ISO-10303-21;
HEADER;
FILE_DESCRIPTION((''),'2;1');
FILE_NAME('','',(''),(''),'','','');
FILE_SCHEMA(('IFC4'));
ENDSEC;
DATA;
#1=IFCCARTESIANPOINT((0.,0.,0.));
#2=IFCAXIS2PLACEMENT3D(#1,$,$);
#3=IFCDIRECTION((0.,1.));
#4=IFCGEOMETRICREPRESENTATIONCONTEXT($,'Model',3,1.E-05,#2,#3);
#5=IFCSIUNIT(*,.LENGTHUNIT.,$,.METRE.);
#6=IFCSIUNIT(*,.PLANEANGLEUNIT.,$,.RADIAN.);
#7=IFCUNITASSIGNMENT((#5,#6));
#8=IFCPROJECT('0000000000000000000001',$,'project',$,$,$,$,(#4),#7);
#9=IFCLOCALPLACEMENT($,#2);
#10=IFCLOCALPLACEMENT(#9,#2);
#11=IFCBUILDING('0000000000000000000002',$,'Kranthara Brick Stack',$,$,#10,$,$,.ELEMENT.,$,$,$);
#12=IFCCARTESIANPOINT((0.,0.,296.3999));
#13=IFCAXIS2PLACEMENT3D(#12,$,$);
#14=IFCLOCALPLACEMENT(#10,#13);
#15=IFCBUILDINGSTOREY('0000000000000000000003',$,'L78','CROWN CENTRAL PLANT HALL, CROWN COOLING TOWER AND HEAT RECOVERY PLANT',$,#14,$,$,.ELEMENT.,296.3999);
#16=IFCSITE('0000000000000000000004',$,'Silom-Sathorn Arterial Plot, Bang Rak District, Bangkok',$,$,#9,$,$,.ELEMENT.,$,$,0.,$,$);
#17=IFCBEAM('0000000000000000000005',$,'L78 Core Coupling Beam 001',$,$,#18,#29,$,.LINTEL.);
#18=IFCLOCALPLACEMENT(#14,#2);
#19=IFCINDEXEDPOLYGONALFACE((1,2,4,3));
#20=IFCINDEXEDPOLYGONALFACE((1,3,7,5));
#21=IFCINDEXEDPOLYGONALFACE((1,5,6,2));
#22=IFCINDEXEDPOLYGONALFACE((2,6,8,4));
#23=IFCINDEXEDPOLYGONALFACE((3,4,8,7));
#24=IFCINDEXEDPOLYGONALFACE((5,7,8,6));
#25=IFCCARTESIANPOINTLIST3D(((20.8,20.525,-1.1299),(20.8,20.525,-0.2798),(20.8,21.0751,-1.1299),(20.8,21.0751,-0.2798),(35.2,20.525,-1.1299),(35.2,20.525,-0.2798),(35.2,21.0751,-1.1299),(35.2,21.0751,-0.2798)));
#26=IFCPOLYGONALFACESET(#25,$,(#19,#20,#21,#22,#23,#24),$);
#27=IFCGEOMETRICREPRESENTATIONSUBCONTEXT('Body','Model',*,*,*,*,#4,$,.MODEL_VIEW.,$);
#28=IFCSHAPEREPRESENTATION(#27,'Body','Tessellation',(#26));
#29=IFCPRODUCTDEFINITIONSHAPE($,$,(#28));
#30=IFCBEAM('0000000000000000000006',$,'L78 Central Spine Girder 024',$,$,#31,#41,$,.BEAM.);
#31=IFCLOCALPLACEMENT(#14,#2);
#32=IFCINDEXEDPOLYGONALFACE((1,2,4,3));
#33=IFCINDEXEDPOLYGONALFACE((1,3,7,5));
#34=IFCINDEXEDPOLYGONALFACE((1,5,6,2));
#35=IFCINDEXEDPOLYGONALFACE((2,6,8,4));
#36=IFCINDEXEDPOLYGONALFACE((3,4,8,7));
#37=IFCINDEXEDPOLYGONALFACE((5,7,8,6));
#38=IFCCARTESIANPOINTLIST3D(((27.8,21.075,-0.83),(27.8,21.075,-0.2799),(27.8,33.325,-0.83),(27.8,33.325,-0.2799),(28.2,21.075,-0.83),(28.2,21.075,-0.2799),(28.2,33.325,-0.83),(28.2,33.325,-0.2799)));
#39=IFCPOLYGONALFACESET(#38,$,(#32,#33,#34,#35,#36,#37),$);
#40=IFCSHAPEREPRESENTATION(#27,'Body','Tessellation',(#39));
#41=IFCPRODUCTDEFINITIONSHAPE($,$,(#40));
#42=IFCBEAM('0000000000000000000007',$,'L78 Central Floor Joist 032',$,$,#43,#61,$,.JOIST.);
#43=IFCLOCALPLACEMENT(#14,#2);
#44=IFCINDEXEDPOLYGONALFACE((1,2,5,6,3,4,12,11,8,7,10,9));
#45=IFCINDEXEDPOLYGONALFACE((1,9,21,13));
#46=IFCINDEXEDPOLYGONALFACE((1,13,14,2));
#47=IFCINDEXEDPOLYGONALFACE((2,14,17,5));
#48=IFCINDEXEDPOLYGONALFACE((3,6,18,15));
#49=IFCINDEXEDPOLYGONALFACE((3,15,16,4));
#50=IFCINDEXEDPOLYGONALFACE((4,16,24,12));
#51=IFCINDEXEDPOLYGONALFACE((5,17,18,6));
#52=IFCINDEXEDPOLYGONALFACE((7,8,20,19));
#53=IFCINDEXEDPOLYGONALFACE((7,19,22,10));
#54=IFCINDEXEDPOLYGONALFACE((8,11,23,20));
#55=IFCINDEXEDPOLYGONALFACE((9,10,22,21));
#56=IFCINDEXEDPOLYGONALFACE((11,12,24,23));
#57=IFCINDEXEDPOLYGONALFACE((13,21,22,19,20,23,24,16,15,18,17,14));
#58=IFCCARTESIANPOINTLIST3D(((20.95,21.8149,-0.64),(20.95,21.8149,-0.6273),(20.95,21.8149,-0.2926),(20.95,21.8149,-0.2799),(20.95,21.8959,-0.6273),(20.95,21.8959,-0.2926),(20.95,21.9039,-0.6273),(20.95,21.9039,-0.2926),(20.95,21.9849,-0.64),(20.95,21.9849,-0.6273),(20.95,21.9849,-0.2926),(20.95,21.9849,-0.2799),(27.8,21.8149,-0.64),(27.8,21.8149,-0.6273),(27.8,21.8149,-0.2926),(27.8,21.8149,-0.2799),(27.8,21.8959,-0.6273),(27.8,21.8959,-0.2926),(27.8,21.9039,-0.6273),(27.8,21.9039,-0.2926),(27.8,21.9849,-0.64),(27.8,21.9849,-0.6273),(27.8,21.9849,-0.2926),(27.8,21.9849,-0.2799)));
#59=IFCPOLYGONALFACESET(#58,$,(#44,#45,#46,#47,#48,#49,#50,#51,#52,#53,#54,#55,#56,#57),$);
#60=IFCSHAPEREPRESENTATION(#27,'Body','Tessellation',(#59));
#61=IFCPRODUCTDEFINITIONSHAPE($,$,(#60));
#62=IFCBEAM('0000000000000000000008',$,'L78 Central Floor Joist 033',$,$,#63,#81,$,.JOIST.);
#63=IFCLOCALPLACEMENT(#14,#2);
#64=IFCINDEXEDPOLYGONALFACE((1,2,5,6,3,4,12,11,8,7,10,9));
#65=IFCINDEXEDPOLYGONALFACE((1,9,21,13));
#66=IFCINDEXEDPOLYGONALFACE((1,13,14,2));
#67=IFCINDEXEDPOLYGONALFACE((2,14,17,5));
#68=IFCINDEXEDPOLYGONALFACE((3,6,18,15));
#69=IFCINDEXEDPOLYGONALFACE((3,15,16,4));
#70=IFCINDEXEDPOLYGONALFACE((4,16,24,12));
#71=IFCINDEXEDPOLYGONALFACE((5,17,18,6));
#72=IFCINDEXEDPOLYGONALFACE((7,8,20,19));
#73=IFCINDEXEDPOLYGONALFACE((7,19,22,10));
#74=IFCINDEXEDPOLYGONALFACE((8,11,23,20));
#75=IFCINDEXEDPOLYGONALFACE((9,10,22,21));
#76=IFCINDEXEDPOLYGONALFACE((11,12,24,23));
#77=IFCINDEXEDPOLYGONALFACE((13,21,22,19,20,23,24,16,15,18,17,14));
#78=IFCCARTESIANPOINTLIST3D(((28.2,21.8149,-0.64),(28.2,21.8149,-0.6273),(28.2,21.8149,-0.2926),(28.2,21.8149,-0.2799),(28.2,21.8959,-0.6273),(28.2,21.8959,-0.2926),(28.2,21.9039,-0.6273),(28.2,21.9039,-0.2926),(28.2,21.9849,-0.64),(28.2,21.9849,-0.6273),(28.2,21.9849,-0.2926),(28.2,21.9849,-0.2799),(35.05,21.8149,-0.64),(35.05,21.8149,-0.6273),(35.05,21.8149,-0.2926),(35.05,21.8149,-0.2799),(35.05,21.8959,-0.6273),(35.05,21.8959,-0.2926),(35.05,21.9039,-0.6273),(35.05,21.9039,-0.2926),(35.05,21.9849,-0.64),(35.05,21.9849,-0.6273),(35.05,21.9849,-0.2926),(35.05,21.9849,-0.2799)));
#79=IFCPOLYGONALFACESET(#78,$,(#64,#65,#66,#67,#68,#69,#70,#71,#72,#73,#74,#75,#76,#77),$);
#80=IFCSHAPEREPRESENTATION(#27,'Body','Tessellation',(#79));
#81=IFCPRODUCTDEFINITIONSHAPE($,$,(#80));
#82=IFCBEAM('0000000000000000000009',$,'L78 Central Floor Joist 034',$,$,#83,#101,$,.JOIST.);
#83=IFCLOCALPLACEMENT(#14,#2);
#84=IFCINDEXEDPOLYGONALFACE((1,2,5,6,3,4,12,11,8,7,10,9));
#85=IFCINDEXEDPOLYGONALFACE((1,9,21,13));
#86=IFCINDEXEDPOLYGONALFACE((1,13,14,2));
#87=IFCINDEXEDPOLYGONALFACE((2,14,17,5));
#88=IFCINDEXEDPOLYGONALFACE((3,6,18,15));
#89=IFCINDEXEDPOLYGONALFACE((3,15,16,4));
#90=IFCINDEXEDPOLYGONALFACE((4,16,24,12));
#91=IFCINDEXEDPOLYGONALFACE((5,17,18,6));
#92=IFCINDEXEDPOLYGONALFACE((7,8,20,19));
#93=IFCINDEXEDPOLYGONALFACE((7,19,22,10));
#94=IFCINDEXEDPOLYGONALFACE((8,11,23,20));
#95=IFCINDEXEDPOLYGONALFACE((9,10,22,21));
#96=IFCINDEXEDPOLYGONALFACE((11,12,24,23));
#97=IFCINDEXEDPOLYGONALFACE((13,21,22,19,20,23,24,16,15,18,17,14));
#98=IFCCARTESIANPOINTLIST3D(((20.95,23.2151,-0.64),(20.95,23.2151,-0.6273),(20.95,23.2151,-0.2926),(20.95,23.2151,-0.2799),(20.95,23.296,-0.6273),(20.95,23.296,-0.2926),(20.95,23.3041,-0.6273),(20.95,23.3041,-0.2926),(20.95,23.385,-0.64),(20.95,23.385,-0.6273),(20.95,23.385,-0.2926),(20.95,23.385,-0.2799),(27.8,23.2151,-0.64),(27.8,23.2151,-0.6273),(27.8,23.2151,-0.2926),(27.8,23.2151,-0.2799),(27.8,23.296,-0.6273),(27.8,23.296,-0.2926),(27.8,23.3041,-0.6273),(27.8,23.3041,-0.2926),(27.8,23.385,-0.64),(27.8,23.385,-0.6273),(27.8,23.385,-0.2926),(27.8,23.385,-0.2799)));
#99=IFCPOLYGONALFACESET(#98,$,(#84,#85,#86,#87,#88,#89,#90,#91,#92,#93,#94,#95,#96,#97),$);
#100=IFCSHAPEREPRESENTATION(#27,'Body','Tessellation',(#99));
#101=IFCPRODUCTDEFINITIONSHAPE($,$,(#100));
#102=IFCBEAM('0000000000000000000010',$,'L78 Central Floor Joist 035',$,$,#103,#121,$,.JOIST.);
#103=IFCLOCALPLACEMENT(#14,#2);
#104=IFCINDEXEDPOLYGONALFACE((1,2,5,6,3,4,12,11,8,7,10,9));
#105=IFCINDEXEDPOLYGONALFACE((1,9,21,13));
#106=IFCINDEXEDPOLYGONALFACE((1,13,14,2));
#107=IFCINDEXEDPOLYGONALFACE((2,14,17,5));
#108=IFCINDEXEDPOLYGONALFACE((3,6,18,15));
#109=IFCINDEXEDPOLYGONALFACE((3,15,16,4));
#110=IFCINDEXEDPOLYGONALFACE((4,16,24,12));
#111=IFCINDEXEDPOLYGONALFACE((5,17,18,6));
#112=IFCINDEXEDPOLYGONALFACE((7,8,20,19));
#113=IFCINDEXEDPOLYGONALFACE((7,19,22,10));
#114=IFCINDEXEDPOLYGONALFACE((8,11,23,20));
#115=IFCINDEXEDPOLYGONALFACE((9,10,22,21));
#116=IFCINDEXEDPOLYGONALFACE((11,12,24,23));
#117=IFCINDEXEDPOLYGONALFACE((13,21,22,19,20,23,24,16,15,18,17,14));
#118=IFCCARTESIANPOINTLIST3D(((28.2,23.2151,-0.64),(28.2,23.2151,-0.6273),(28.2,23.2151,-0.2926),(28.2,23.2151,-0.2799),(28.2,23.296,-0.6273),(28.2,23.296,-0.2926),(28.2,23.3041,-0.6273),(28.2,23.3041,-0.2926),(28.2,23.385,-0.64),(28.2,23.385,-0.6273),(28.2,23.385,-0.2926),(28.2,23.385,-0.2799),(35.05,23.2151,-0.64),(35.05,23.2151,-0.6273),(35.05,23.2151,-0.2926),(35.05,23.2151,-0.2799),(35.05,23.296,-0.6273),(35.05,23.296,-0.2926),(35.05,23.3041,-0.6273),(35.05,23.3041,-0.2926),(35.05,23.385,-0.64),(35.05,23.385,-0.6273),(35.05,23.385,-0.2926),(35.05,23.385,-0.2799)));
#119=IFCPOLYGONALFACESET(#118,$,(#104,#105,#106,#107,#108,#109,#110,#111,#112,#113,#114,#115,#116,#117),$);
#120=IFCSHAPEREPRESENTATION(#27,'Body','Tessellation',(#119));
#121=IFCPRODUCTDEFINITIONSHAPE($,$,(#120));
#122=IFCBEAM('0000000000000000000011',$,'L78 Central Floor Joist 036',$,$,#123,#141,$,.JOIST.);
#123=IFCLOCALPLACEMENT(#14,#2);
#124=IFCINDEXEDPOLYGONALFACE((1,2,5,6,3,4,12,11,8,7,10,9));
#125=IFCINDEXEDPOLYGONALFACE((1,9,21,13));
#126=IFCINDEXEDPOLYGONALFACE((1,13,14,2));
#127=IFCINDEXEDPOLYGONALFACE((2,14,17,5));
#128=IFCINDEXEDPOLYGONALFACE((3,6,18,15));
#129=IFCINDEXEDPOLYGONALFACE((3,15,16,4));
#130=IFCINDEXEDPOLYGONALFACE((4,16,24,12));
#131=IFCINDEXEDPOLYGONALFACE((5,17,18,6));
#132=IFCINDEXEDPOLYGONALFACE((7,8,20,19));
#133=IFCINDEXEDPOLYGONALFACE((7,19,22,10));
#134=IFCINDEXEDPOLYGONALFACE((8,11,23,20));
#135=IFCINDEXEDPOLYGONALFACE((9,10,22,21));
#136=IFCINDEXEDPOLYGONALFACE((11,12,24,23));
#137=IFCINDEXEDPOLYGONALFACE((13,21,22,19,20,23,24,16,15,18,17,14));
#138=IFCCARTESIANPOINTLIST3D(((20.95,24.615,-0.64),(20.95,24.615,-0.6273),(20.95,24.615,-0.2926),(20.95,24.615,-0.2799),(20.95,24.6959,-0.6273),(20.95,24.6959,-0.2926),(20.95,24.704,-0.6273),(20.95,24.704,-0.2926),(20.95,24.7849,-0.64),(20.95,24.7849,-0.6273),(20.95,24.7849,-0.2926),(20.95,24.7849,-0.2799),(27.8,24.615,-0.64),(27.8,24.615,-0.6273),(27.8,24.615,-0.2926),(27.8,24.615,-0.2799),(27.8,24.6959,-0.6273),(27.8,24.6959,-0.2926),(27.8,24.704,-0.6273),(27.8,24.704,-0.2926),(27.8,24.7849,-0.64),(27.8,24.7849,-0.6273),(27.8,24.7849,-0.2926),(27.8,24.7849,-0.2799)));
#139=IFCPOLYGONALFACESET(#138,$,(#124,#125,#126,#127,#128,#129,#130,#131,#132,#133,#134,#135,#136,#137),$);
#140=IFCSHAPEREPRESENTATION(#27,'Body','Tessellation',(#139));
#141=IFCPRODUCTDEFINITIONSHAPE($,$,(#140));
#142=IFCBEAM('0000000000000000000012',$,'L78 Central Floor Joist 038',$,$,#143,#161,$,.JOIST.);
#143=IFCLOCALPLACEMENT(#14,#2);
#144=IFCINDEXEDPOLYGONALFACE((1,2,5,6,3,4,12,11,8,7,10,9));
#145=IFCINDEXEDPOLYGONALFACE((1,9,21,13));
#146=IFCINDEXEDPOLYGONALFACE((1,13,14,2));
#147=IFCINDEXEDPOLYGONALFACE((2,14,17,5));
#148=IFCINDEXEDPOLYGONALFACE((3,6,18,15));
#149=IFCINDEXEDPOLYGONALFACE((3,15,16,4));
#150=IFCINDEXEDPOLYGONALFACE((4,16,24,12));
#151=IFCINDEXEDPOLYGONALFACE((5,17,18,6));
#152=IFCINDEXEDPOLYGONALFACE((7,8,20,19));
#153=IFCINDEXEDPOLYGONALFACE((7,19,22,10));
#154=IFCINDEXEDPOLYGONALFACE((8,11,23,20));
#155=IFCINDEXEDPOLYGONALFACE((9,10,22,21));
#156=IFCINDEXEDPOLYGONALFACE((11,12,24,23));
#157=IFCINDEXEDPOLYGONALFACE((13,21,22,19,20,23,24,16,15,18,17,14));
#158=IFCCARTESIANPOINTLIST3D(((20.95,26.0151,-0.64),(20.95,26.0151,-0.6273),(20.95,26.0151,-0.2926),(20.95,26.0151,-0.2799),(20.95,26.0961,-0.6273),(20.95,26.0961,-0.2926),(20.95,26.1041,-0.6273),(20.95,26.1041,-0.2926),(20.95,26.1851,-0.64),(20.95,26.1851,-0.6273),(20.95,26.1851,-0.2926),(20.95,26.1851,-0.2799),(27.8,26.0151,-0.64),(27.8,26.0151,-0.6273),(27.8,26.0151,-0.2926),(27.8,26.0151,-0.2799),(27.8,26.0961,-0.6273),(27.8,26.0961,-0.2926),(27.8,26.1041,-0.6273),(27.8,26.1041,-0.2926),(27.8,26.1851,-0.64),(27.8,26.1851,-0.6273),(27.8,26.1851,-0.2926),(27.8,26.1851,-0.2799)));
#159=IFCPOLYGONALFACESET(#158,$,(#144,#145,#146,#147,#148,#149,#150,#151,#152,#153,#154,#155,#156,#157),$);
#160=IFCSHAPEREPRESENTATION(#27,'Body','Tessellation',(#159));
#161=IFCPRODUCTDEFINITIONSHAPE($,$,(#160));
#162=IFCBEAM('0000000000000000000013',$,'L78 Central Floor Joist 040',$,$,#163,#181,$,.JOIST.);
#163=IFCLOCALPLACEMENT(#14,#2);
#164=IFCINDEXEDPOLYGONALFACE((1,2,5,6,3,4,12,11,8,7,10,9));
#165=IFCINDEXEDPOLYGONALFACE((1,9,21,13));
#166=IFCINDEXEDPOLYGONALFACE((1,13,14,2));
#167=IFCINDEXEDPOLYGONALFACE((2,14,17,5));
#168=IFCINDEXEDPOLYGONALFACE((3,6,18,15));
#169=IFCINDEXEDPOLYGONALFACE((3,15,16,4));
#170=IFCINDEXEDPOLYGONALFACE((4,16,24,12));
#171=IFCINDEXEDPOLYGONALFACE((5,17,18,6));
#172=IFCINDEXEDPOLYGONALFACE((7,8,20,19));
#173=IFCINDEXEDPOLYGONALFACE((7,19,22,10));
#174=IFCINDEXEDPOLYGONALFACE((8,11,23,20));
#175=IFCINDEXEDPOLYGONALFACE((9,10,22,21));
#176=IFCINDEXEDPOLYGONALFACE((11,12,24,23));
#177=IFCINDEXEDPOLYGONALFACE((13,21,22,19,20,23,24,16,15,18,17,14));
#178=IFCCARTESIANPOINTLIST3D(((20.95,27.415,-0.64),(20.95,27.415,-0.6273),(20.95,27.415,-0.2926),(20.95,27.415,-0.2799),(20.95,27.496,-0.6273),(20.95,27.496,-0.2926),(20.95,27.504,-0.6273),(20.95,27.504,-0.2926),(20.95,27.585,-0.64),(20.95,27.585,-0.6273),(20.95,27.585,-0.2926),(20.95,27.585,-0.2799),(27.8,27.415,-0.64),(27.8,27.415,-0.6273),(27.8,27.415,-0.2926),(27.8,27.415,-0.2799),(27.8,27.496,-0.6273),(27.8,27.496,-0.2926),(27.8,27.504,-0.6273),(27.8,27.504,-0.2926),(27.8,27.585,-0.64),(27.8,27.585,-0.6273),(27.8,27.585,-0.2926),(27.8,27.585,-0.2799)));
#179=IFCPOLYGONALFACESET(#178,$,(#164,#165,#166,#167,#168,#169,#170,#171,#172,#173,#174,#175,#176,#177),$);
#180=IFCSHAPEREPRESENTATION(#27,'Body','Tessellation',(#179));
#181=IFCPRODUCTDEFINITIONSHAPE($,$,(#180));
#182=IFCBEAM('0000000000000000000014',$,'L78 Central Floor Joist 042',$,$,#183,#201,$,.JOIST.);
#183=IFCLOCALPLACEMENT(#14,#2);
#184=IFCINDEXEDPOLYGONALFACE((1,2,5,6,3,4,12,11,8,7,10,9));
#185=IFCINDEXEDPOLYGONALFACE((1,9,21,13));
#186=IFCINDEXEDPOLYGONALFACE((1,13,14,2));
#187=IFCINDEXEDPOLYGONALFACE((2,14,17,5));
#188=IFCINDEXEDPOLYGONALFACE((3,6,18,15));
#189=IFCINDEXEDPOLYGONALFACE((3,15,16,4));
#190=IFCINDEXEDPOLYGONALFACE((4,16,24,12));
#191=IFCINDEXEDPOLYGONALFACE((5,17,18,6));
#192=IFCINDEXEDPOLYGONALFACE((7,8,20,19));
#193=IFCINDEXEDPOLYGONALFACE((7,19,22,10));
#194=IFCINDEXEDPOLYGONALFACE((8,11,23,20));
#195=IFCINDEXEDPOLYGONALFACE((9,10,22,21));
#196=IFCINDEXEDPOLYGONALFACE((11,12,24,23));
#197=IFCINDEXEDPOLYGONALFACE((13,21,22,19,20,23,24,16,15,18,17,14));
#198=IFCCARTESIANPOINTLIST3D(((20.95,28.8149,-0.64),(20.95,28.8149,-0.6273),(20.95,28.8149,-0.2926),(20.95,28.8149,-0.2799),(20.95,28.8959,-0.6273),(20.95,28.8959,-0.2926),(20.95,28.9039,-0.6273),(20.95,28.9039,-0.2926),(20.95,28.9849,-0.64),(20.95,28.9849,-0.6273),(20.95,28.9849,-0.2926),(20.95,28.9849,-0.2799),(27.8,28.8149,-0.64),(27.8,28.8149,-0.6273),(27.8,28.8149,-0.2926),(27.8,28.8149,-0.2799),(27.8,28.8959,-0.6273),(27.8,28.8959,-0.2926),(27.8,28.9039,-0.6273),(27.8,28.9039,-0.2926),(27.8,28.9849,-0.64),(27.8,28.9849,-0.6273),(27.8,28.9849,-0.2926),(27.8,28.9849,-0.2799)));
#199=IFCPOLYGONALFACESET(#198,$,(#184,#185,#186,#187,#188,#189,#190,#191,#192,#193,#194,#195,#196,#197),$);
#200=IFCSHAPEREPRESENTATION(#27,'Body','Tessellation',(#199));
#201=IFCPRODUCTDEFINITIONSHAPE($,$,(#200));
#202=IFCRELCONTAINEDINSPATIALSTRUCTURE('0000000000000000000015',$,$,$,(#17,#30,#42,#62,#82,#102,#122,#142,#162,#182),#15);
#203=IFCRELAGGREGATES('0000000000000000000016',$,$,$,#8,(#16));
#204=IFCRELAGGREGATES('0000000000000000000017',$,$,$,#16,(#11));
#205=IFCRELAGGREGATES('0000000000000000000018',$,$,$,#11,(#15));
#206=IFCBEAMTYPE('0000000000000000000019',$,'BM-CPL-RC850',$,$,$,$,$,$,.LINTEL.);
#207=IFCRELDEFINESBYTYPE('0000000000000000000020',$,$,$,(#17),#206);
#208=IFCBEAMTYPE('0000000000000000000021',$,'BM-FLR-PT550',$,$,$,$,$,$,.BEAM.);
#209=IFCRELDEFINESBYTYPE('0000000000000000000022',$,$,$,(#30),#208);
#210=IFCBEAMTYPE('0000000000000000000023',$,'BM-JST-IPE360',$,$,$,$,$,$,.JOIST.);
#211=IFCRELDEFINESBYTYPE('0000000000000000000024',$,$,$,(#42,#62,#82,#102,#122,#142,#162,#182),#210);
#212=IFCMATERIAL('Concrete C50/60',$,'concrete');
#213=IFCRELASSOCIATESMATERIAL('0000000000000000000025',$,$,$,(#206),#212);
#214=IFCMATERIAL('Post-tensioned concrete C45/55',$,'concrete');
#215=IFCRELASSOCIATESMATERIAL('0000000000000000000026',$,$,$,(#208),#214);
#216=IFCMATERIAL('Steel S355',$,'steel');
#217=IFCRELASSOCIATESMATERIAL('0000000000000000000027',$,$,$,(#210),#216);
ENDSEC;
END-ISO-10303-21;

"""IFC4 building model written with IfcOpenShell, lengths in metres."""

from ifc_helpers import new_model, si_unit, direction, frame, origin, origin_2d, place, context, subcontext, project, spatial, rectangle, i_section, extrude, material, material_profile, profile_set, type_object, element, save


model = new_model("IFC4")

# Units and contexts
model_context = context("Model", 3, precision=1e-05, world=origin(), true_north=direction((0.0, 1.0)))
body_context = subcontext(model_context, "Body", "Model", "MODEL_VIEW")
ifc_project = project(units=[si_unit("LENGTHUNIT", "METRE"), si_unit("PLANEANGLEUNIT", "RADIAN")], contexts=[model_context])

# Site, building, storey
site_placement = place(None, origin())
site = spatial("IfcSite", under=ifc_project, at=site_placement, Name="Silom-Sathorn Arterial Plot, Bang Rak District, Bangkok", CompositionType="ELEMENT", RefElevation=0.0)
building_placement = place(site_placement, origin())
building = spatial("IfcBuilding", under=site, at=building_placement, Name="Kranthara Brick Stack", CompositionType="ELEMENT")
storey_placement = place(building_placement, frame((0.0, 0.0, 296.3999)))
storey = spatial("IfcBuildingStorey", under=building, at=storey_placement, Name="L78", Description="CROWN CENTRAL PLANT HALL, CROWN COOLING TOWER AND HEAT RECOVERY PLANT", CompositionType="ELEMENT", Elevation=296.3999)

# Beams
ifc_material_1 = material(Name="Concrete C50/60", Category="concrete")
ifc_material_profile_1 = material_profile(ifc_material_1, rectangle(XDim=0.55, YDim=0.8501, at=origin_2d()), Name="RC 550x850")
ifc_profile_set_1 = profile_set([ifc_material_profile_1], Name="Concrete C50/60")
beam_type_1 = type_object("IfcBeamType", Name="BM-CPL-RC850", PredefinedType="LINTEL", material=ifc_profile_set_1)
beam_1_placement = place(storey_placement, frame((20.8, 20.8, -0.7048), z_axis=(1.0, 0.0, 0.0), x_axis=(0.0, 1.0, 0.0)))
element("IfcBeam", 1, at=beam_1_placement, inside=storey, type_object=beam_type_1, Name="L78 Core Coupling Beam 001", PredefinedType="LINTEL", context=body_context, shape_type="SweptSolid", body=[
    extrude(rectangle(XDim=0.55, YDim=0.8501, at=origin_2d()), origin(), (0.0, 0.0, 1.0), 14.3999),
])
ifc_material_2 = material(Name="Post-tensioned concrete C45/55", Category="concrete")
ifc_material_profile_2 = material_profile(ifc_material_2, rectangle(XDim=0.3999, YDim=0.55, at=origin_2d()), Name="PT 400x550")
ifc_profile_set_2 = profile_set([ifc_material_profile_2], Name="Post-tensioned concrete C45/55")
beam_type_2 = type_object("IfcBeamType", Name="BM-FLR-PT550", PredefinedType="BEAM", material=ifc_profile_set_2)
beam_2_placement = place(storey_placement, frame((28.0, 21.075, -0.5549), z_axis=(0.0, 1.0, 0.0), x_axis=(-1.0, 0.0, 0.0)))
element("IfcBeam", 2, at=beam_2_placement, inside=storey, type_object=beam_type_2, Name="L78 Central Spine Girder 024", PredefinedType="BEAM", context=body_context, shape_type="SweptSolid", body=[
    extrude(rectangle(XDim=0.3999, YDim=0.55, at=origin_2d()), origin(), (0.0, 0.0, 1.0), 12.25),
])
ifc_material_3 = material(Name="Steel S355", Category="steel")
ifc_material_profile_3 = material_profile(ifc_material_3, i_section(OverallWidth=0.1699, OverallDepth=0.3601, WebThickness=0.0081, FlangeThickness=0.0127, at=origin_2d()), Name="IPE 360")
ifc_profile_set_3 = profile_set([ifc_material_profile_3], Name="Steel S355")
beam_type_3 = type_object("IfcBeamType", Name="BM-JST-IPE360", PredefinedType="JOIST", material=ifc_profile_set_3)
for number, where, z_axis, x_axis, name in (
    (3, (20.95, 21.8999, -0.46), (1.0, 0.0, 0.0), (0.0, 1.0, 0.0), "L78 Central Floor Joist 032"),
    (4, (28.2, 21.8999, -0.46), (1.0, 0.0, 0.0), (0.0, 1.0, 0.0), "L78 Central Floor Joist 033"),
    (5, (20.95, 23.3, -0.46), (1.0, 0.0, 0.0), (0.0, 1.0, 0.0), "L78 Central Floor Joist 034"),
    (6, (28.2, 23.3, -0.46), (1.0, 0.0, 0.0), (0.0, 1.0, 0.0), "L78 Central Floor Joist 035"),
    (7, (20.95, 24.7, -0.46), (1.0, 0.0, 0.0), (0.0, 1.0, 0.0), "L78 Central Floor Joist 036"),
    (8, (20.95, 26.1001, -0.46), (1.0, 0.0, 0.0), (0.0, 1.0, 0.0), "L78 Central Floor Joist 038"),
    (9, (20.95, 27.5, -0.46), (1.0, 0.0, 0.0), (0.0, 1.0, 0.0), "L78 Central Floor Joist 040"),
    (10, (20.95, 28.8999, -0.46), (1.0, 0.0, 0.0), (0.0, 1.0, 0.0), "L78 Central Floor Joist 042"),
):
    element("IfcBeam", number, at=place(storey_placement, frame(where, z_axis=z_axis, x_axis=x_axis)), inside=storey, type_object=beam_type_3, Name=name, PredefinedType="JOIST", context=body_context, shape_type="SweptSolid", body=[
        extrude(i_section(OverallWidth=0.1699, OverallDepth=0.3601, WebThickness=0.0081, FlangeThickness=0.0127, at=origin_2d()), origin(), (0.0, 0.0, 1.0), 6.8501),
    ])

save(model, "model.ifc")
